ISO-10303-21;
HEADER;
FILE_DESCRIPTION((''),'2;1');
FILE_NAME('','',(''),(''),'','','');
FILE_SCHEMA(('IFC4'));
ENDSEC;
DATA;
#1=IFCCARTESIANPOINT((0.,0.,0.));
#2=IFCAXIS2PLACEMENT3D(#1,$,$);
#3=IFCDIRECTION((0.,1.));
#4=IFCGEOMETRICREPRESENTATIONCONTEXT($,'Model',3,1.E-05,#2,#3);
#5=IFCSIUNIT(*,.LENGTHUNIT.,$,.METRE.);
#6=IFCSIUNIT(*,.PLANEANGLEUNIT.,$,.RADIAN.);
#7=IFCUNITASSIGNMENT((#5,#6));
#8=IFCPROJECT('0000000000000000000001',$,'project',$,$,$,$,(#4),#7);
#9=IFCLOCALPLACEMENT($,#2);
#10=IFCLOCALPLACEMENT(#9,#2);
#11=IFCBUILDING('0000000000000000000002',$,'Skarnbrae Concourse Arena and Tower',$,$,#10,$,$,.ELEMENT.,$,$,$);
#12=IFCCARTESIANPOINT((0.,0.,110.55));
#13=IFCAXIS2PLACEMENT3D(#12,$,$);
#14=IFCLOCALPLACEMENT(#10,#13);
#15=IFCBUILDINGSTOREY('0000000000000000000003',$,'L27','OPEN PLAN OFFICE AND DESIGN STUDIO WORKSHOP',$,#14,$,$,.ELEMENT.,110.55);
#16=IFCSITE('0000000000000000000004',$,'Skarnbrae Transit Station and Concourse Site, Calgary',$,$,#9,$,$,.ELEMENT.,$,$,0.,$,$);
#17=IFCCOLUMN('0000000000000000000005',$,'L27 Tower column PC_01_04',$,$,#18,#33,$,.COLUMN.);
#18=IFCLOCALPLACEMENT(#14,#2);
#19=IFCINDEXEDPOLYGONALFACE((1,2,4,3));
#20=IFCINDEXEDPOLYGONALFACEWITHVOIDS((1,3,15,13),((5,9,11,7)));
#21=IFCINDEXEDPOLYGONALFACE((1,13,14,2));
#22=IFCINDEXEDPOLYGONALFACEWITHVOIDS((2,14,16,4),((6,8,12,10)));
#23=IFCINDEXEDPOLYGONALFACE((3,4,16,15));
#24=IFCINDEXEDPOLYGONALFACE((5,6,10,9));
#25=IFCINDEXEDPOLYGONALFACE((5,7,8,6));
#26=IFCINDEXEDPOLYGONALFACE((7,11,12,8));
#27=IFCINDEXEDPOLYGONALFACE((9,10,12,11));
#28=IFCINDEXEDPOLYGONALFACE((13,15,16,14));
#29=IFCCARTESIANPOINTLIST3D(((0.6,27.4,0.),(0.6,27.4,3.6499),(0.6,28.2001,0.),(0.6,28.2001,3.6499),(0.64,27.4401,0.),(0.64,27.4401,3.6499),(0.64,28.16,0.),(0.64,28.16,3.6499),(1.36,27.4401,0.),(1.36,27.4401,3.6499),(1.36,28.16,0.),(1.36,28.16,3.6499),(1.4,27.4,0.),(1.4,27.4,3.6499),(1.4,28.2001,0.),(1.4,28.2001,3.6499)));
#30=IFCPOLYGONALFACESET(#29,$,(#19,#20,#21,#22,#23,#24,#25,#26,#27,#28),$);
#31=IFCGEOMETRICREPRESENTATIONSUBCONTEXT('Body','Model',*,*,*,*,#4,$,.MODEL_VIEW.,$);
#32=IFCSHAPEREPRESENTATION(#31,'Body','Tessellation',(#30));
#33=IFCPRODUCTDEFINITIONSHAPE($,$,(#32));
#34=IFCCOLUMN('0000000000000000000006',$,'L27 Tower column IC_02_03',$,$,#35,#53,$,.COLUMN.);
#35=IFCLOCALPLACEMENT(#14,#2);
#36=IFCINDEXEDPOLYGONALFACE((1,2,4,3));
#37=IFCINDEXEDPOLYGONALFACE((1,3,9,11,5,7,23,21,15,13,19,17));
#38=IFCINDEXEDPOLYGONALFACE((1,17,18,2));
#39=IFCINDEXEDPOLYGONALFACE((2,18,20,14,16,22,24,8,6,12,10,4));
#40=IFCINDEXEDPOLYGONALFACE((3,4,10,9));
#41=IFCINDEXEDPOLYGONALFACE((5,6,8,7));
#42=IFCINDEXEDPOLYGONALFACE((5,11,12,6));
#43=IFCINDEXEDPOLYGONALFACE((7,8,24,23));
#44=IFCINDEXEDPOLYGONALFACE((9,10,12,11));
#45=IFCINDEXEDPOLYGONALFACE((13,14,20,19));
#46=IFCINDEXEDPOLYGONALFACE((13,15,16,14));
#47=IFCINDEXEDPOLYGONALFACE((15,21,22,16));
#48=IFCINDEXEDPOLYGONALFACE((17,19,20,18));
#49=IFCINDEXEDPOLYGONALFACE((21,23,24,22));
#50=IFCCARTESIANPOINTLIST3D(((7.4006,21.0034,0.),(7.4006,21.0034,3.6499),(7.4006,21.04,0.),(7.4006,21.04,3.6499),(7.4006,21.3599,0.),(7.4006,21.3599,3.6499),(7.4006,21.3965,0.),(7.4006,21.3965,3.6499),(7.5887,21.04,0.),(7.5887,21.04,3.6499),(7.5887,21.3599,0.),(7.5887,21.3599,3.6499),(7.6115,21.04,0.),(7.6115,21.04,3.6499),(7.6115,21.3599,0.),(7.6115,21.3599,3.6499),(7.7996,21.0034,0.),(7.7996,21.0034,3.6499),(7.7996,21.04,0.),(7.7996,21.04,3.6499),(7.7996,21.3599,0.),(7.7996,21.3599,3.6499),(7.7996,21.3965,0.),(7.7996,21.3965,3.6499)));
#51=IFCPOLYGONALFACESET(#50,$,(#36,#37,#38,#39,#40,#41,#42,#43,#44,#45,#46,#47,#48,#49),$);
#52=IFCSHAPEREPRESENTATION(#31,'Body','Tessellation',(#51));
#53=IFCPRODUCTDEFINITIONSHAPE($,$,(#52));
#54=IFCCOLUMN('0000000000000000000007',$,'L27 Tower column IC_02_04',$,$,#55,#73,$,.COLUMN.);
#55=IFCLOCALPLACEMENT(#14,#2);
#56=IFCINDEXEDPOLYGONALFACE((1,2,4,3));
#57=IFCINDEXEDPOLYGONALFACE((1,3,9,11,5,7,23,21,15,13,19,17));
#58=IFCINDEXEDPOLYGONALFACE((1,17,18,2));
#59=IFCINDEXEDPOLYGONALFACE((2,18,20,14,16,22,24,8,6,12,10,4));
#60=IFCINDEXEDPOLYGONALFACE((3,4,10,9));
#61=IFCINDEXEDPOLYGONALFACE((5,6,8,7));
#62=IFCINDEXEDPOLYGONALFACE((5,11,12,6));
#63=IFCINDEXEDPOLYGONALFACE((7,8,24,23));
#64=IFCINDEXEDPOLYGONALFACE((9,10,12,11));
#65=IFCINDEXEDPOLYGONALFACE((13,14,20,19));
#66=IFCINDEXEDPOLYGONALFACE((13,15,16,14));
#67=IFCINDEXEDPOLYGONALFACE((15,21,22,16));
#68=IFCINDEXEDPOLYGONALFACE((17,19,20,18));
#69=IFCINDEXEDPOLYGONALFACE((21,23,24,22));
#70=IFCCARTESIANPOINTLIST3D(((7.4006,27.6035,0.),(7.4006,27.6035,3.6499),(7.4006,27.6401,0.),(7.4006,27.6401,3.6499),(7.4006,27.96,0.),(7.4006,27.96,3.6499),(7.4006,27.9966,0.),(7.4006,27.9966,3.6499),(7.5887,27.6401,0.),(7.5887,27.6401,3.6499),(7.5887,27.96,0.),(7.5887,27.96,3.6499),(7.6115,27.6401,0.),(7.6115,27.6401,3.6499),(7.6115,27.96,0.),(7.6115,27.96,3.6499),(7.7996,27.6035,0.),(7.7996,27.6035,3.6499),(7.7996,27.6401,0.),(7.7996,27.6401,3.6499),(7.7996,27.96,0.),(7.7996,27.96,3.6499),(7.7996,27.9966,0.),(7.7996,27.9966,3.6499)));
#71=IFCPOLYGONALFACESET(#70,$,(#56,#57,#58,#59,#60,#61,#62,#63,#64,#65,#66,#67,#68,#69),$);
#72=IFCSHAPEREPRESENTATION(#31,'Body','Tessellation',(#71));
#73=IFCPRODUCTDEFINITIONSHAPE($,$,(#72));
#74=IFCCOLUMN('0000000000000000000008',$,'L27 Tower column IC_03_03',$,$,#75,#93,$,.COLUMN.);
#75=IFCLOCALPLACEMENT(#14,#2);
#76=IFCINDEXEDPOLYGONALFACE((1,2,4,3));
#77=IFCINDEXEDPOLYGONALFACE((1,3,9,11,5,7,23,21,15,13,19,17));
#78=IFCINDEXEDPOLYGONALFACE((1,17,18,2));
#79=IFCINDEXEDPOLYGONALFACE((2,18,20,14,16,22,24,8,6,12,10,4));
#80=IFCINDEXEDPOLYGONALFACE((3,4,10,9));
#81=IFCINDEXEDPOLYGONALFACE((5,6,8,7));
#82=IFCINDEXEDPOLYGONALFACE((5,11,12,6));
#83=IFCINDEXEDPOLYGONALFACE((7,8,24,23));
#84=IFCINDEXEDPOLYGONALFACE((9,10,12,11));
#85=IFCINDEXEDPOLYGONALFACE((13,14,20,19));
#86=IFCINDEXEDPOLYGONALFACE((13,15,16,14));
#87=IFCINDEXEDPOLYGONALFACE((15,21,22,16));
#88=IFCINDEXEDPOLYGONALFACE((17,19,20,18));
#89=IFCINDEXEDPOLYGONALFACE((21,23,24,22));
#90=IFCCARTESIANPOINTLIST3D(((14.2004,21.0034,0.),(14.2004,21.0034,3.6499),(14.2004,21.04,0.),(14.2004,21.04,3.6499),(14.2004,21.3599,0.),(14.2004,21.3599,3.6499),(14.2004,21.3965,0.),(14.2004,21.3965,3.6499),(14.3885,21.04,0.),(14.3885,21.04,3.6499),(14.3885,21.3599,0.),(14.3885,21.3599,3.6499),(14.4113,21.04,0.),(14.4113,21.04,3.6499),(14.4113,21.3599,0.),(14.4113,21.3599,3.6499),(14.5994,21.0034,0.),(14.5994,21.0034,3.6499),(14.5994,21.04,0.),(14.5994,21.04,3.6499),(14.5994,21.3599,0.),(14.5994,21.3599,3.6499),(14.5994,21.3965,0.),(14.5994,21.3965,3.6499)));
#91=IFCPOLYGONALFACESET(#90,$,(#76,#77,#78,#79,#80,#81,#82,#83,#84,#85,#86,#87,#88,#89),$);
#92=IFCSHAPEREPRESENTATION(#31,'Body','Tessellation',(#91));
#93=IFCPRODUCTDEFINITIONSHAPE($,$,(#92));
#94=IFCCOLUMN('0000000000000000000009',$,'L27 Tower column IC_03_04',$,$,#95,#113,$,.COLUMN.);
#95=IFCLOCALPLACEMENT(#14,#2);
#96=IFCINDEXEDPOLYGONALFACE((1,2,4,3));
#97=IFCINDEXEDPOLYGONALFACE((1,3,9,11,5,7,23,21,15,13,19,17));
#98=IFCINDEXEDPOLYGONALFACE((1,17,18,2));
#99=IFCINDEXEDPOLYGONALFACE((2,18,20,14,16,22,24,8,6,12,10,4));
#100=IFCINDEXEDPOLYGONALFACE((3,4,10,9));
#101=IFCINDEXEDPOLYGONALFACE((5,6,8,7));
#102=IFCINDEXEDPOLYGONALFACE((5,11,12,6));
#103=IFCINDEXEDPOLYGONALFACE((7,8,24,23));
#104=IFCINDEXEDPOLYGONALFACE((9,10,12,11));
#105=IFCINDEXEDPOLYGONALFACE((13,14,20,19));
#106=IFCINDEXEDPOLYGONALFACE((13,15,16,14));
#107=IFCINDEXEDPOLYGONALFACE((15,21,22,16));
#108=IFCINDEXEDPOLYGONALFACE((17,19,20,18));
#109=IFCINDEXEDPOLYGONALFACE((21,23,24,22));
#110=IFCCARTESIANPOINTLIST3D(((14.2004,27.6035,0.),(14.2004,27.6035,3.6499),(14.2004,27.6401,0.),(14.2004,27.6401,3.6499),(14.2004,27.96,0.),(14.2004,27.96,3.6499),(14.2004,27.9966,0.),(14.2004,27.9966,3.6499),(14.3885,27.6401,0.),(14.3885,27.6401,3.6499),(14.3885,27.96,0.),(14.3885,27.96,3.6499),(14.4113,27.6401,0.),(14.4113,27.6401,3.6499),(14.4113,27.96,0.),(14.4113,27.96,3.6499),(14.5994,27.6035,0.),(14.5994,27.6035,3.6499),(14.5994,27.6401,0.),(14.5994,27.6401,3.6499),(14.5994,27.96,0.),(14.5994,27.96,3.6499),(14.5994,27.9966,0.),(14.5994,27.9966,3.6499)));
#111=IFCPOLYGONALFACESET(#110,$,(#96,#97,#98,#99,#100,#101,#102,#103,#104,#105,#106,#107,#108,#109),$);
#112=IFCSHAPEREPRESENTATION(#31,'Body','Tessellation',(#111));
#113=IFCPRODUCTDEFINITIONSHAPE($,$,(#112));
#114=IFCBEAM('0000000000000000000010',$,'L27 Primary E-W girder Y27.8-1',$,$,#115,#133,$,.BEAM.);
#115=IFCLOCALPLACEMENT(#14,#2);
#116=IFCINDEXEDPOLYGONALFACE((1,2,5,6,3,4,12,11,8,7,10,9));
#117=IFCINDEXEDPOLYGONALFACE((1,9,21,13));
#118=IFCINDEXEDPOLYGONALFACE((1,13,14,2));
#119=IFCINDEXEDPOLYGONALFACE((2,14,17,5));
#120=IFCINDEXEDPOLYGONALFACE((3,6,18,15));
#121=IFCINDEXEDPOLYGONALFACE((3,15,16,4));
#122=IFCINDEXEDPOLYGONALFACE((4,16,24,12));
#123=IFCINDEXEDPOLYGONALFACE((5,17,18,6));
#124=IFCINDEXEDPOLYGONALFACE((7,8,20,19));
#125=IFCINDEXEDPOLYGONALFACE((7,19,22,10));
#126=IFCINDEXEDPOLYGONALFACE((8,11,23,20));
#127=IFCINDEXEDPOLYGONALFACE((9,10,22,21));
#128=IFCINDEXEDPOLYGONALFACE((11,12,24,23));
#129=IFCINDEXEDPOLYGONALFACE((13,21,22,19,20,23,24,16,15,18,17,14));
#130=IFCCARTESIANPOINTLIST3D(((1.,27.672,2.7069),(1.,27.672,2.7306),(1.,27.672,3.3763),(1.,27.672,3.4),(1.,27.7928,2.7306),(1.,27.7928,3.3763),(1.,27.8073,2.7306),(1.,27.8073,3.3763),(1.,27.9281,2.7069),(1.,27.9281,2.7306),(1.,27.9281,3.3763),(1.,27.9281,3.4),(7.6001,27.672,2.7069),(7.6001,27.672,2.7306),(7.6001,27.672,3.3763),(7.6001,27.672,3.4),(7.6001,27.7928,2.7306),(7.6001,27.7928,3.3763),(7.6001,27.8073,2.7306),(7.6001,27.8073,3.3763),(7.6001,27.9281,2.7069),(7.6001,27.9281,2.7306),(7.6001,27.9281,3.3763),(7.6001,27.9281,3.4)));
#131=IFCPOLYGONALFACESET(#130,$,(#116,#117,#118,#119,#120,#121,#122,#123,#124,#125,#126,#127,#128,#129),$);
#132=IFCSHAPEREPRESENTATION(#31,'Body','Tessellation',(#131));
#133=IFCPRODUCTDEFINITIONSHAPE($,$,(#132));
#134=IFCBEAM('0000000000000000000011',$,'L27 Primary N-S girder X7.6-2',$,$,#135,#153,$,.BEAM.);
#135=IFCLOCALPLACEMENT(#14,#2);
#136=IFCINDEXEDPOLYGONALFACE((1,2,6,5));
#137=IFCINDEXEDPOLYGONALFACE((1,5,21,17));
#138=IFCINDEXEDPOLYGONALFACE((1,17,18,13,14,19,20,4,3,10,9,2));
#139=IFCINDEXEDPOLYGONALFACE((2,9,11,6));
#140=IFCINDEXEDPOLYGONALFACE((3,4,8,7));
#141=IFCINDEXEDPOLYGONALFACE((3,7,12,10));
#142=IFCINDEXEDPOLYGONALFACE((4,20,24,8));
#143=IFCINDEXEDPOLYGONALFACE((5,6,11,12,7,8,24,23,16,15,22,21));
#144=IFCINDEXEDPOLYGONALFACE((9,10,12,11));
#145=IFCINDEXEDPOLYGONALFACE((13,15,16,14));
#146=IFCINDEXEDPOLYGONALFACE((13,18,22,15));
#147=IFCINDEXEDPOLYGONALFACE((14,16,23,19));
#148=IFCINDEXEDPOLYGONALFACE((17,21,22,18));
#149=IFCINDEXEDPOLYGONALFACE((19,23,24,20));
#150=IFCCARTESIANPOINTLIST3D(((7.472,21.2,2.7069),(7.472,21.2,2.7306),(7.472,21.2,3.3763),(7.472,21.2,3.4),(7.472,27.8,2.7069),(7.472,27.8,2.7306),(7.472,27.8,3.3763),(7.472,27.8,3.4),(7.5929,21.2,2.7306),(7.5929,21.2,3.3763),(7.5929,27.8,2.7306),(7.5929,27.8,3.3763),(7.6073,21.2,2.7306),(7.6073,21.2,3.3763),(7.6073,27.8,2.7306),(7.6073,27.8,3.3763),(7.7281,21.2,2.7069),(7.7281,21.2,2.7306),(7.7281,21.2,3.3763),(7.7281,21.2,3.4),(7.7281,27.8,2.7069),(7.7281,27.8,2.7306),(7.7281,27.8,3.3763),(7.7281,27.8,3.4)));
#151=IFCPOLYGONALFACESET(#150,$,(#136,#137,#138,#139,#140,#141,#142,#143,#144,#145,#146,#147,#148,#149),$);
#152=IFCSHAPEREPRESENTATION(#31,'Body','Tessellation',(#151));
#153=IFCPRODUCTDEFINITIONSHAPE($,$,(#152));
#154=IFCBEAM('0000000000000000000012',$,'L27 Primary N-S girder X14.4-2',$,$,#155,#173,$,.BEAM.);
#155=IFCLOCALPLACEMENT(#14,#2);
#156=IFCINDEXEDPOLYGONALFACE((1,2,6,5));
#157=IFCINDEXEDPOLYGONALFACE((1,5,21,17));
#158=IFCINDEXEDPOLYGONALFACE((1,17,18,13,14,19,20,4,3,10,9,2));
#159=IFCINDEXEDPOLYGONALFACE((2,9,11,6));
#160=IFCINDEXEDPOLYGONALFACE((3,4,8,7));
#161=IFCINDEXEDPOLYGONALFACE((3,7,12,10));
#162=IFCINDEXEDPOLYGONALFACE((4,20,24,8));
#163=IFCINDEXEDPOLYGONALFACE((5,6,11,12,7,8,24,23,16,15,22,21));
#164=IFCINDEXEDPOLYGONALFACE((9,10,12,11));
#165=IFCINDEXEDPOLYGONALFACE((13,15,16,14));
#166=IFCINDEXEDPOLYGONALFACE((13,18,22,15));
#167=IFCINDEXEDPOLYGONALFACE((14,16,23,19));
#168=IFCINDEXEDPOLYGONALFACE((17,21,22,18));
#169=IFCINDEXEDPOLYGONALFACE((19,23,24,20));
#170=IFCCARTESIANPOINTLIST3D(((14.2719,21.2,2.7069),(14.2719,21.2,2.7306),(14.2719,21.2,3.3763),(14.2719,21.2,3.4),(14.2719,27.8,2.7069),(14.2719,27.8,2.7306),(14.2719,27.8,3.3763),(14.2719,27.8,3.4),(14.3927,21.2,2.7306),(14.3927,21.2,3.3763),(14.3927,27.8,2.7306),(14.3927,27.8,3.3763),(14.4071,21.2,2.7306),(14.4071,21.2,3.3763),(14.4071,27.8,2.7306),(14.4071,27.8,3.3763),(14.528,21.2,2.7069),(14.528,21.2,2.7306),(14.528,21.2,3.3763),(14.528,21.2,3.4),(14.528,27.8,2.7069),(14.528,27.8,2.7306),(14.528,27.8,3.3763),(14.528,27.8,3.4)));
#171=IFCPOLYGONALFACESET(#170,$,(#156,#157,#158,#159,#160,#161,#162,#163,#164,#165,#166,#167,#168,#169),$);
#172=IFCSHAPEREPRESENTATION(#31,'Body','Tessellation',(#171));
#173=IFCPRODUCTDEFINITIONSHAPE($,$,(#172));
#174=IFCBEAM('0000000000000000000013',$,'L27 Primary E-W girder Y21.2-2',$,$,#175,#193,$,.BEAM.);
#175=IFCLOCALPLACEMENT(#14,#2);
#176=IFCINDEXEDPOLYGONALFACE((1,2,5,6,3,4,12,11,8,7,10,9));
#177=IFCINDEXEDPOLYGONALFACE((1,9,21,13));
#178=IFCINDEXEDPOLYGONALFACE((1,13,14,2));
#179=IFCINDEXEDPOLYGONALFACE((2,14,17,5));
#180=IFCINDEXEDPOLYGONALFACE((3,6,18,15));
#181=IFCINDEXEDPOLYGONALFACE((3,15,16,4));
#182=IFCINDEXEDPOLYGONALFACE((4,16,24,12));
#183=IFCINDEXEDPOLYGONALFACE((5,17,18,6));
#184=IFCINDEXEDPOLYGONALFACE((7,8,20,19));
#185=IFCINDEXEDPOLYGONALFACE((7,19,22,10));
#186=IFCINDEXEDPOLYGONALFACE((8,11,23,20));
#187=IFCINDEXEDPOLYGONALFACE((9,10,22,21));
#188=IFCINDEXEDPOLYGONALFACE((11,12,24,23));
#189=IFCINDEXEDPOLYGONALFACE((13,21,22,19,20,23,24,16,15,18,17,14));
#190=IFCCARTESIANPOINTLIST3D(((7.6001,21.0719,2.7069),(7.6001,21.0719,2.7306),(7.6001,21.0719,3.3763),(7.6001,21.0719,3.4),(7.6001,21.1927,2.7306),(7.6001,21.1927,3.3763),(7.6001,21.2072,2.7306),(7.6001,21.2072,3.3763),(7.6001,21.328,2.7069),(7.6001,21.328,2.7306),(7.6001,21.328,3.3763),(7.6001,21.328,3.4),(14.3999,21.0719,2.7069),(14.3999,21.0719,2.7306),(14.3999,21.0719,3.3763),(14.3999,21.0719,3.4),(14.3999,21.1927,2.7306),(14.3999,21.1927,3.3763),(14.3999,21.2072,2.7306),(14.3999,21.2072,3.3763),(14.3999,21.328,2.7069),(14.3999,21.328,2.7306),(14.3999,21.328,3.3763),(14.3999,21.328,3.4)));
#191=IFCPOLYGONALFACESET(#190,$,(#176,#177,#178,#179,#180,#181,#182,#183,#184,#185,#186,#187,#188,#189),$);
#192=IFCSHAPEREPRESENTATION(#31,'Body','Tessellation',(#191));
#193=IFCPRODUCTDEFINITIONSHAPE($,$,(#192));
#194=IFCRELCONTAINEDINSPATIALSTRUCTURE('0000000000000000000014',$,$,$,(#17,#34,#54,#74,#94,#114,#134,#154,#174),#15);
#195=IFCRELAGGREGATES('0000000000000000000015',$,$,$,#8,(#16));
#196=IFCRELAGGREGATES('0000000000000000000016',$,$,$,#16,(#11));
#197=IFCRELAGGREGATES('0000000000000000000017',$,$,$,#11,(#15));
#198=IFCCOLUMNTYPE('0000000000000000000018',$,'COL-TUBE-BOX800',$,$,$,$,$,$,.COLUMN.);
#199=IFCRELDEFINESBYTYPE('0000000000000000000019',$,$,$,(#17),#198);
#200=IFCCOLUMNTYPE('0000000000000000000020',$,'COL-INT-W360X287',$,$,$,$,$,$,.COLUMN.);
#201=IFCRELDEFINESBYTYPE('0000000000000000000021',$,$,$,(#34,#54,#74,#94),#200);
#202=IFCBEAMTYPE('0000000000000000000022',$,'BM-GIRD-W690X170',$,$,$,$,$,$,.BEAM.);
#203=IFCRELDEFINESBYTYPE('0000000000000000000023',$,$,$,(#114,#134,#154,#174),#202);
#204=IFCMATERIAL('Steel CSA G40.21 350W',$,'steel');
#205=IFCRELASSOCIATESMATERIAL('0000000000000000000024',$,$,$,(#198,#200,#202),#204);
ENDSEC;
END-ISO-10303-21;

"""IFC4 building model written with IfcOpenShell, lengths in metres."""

from ifc_helpers import new_model, si_unit, direction, frame, origin, origin_2d, place, context, subcontext, project, spatial, hollow_rectangle, i_section, extrude, source, transform, mapped, material, material_profile, profile_set, type_object, element, save


model = new_model("IFC4")

# Units and contexts
model_context = context("Model", 3, precision=1e-05, world=origin(), true_north=direction((0.0, 1.0)))
body_context = subcontext(model_context, "Body", "Model", "MODEL_VIEW")
ifc_project = project(units=[si_unit("LENGTHUNIT", "METRE"), si_unit("PLANEANGLEUNIT", "RADIAN")], contexts=[model_context])

# Site, building, storey
site_placement = place(None, origin())
site = spatial("IfcSite", under=ifc_project, at=site_placement, Name="Skarnbrae Transit Station and Concourse Site, Calgary", CompositionType="ELEMENT", RefElevation=0.0)
building_placement = place(site_placement, origin())
building = spatial("IfcBuilding", under=site, at=building_placement, Name="Skarnbrae Concourse Arena and Tower", CompositionType="ELEMENT")
storey_placement = place(building_placement, frame((0.0, 0.0, 110.55)))
storey = spatial("IfcBuildingStorey", under=building, at=storey_placement, Name="L27", Description="OPEN PLAN OFFICE AND DESIGN STUDIO WORKSHOP", CompositionType="ELEMENT", Elevation=110.55)

# Columns
ifc_material_1 = material(Name="Steel CSA G40.21 350W", Category="steel")
ifc_material_profile_1 = material_profile(ifc_material_1, hollow_rectangle(XDim=0.8, YDim=0.8, WallThickness=0.04, at=origin_2d()), Name="BOX800X800X40")
ifc_profile_set_1 = profile_set([ifc_material_profile_1], Name="Steel CSA G40.21 350W")
column_type_1 = type_object("IfcColumnType", Name="COL-TUBE-BOX800", PredefinedType="COLUMN", material=ifc_profile_set_1)
shared_shape_1 = source(origin(), body_context, "Body", "SweptSolid", [
    extrude(hollow_rectangle(XDim=0.8, YDim=0.8, WallThickness=0.04, at=origin_2d()), origin(), (0.0, 0.0, 1.0), 3.6499),
])
column_placement = place(storey_placement, frame((1.0, 27.8, 0.0), z_axis=(0.0, 0.0, 1.0), x_axis=(1.0, 0.0, 0.0)))
element("IfcColumn", 1, at=column_placement, inside=storey, type_object=column_type_1, Name="L27 Tower column PC_01_04", PredefinedType="COLUMN", context=body_context, shape_type="MappedRepresentation", body=[
    mapped(shared_shape_1, transform((0.0, 0.0, 0.0))),
])
ifc_material_profile_2 = material_profile(ifc_material_1, i_section(OverallWidth=0.3989, OverallDepth=0.3931, WebThickness=0.0227, FlangeThickness=0.0366, at=origin_2d()), Name="W360X287")
ifc_profile_set_2 = profile_set([ifc_material_profile_2], Name="Steel CSA G40.21 350W")
column_type_2 = type_object("IfcColumnType", Name="COL-INT-W360X287", PredefinedType="COLUMN", material=ifc_profile_set_2)
shared_shape_2 = source(origin(), body_context, "Body", "SweptSolid", [
    extrude(i_section(OverallWidth=0.3989, OverallDepth=0.3931, WebThickness=0.0227, FlangeThickness=0.0366, at=origin_2d()), origin(), (0.0, 0.0, 1.0), 3.6499),
])
for number, where, z_axis, x_axis, name in (
    (2, (7.6001, 21.2, 0.0), (0.0, 0.0, 1.0), (1.0, 0.0, 0.0), "L27 Tower column IC_02_03"),
    (3, (7.6001, 27.8, 0.0), (0.0, 0.0, 1.0), (1.0, 0.0, 0.0), "L27 Tower column IC_02_04"),
    (4, (14.3999, 21.2, 0.0), (0.0, 0.0, 1.0), (1.0, 0.0, 0.0), "L27 Tower column IC_03_03"),
    (5, (14.3999, 27.8, 0.0), (0.0, 0.0, 1.0), (1.0, 0.0, 0.0), "L27 Tower column IC_03_04"),
):
    element("IfcColumn", number, at=place(storey_placement, frame(where, z_axis=z_axis, x_axis=x_axis)), inside=storey, type_object=column_type_2, Name=name, PredefinedType="COLUMN", context=body_context, shape_type="MappedRepresentation", body=[
        mapped(shared_shape_2, transform((0.0, 0.0, 0.0))),
    ])

# Beams
ifc_material_profile_3 = material_profile(ifc_material_1, i_section(OverallWidth=0.2561, OverallDepth=0.6931, WebThickness=0.0144, FlangeThickness=0.0237, at=origin_2d()), Name="W690X170")
ifc_profile_set_3 = profile_set([ifc_material_profile_3], Name="Steel CSA G40.21 350W")
beam_type_1 = type_object("IfcBeamType", Name="BM-GIRD-W690X170", PredefinedType="BEAM", material=ifc_profile_set_3)
shared_shape_3 = source(origin(), body_context, "Body", "SweptSolid", [
    extrude(i_section(OverallWidth=0.2561, OverallDepth=0.6931, WebThickness=0.0144, FlangeThickness=0.0237, at=origin_2d()), origin(), (0.0, 0.0, 1.0), 6.6001),
])
for number, where, z_axis, x_axis, name in (
    (6, (1.0, 27.8, 3.0535), (1.0, 0.0, 0.0), (0.0, 1.0, 0.0), "L27 Primary E-W girder Y27.8-1"),
    (7, (7.6001, 21.2, 3.0535), (0.0, 1.0, 0.0), (-1.0, 0.0, 0.0), "L27 Primary N-S girder X7.6-2"),
    (8, (14.3999, 21.2, 3.0535), (0.0, 1.0, 0.0), (-1.0, 0.0, 0.0), "L27 Primary N-S girder X14.4-2"),
):
    element("IfcBeam", number, at=place(storey_placement, frame(where, z_axis=z_axis, x_axis=x_axis)), inside=storey, type_object=beam_type_1, Name=name, PredefinedType="BEAM", context=body_context, shape_type="MappedRepresentation", body=[
        mapped(shared_shape_3, transform((0.0, 0.0, 0.0))),
    ])
shared_shape_4 = source(origin(), body_context, "Body", "SweptSolid", [
    extrude(i_section(OverallWidth=0.2561, OverallDepth=0.6931, WebThickness=0.0144, FlangeThickness=0.0237, at=origin_2d()), origin(), (0.0, 0.0, 1.0), 6.7998),
])
for number, where, z_axis, x_axis, name in (
    (9, (7.6001, 21.2, 3.0535), (1.0, 0.0, 0.0), (0.0, 1.0, 0.0), "L27 Primary E-W girder Y21.2-2"),
):
    element("IfcBeam", number, at=place(storey_placement, frame(where, z_axis=z_axis, x_axis=x_axis)), inside=storey, type_object=beam_type_1, Name=name, PredefinedType="BEAM", context=body_context, shape_type="MappedRepresentation", body=[
        mapped(shared_shape_4, transform((0.0, 0.0, 0.0))),
    ])

save(model, "model.ifc")
